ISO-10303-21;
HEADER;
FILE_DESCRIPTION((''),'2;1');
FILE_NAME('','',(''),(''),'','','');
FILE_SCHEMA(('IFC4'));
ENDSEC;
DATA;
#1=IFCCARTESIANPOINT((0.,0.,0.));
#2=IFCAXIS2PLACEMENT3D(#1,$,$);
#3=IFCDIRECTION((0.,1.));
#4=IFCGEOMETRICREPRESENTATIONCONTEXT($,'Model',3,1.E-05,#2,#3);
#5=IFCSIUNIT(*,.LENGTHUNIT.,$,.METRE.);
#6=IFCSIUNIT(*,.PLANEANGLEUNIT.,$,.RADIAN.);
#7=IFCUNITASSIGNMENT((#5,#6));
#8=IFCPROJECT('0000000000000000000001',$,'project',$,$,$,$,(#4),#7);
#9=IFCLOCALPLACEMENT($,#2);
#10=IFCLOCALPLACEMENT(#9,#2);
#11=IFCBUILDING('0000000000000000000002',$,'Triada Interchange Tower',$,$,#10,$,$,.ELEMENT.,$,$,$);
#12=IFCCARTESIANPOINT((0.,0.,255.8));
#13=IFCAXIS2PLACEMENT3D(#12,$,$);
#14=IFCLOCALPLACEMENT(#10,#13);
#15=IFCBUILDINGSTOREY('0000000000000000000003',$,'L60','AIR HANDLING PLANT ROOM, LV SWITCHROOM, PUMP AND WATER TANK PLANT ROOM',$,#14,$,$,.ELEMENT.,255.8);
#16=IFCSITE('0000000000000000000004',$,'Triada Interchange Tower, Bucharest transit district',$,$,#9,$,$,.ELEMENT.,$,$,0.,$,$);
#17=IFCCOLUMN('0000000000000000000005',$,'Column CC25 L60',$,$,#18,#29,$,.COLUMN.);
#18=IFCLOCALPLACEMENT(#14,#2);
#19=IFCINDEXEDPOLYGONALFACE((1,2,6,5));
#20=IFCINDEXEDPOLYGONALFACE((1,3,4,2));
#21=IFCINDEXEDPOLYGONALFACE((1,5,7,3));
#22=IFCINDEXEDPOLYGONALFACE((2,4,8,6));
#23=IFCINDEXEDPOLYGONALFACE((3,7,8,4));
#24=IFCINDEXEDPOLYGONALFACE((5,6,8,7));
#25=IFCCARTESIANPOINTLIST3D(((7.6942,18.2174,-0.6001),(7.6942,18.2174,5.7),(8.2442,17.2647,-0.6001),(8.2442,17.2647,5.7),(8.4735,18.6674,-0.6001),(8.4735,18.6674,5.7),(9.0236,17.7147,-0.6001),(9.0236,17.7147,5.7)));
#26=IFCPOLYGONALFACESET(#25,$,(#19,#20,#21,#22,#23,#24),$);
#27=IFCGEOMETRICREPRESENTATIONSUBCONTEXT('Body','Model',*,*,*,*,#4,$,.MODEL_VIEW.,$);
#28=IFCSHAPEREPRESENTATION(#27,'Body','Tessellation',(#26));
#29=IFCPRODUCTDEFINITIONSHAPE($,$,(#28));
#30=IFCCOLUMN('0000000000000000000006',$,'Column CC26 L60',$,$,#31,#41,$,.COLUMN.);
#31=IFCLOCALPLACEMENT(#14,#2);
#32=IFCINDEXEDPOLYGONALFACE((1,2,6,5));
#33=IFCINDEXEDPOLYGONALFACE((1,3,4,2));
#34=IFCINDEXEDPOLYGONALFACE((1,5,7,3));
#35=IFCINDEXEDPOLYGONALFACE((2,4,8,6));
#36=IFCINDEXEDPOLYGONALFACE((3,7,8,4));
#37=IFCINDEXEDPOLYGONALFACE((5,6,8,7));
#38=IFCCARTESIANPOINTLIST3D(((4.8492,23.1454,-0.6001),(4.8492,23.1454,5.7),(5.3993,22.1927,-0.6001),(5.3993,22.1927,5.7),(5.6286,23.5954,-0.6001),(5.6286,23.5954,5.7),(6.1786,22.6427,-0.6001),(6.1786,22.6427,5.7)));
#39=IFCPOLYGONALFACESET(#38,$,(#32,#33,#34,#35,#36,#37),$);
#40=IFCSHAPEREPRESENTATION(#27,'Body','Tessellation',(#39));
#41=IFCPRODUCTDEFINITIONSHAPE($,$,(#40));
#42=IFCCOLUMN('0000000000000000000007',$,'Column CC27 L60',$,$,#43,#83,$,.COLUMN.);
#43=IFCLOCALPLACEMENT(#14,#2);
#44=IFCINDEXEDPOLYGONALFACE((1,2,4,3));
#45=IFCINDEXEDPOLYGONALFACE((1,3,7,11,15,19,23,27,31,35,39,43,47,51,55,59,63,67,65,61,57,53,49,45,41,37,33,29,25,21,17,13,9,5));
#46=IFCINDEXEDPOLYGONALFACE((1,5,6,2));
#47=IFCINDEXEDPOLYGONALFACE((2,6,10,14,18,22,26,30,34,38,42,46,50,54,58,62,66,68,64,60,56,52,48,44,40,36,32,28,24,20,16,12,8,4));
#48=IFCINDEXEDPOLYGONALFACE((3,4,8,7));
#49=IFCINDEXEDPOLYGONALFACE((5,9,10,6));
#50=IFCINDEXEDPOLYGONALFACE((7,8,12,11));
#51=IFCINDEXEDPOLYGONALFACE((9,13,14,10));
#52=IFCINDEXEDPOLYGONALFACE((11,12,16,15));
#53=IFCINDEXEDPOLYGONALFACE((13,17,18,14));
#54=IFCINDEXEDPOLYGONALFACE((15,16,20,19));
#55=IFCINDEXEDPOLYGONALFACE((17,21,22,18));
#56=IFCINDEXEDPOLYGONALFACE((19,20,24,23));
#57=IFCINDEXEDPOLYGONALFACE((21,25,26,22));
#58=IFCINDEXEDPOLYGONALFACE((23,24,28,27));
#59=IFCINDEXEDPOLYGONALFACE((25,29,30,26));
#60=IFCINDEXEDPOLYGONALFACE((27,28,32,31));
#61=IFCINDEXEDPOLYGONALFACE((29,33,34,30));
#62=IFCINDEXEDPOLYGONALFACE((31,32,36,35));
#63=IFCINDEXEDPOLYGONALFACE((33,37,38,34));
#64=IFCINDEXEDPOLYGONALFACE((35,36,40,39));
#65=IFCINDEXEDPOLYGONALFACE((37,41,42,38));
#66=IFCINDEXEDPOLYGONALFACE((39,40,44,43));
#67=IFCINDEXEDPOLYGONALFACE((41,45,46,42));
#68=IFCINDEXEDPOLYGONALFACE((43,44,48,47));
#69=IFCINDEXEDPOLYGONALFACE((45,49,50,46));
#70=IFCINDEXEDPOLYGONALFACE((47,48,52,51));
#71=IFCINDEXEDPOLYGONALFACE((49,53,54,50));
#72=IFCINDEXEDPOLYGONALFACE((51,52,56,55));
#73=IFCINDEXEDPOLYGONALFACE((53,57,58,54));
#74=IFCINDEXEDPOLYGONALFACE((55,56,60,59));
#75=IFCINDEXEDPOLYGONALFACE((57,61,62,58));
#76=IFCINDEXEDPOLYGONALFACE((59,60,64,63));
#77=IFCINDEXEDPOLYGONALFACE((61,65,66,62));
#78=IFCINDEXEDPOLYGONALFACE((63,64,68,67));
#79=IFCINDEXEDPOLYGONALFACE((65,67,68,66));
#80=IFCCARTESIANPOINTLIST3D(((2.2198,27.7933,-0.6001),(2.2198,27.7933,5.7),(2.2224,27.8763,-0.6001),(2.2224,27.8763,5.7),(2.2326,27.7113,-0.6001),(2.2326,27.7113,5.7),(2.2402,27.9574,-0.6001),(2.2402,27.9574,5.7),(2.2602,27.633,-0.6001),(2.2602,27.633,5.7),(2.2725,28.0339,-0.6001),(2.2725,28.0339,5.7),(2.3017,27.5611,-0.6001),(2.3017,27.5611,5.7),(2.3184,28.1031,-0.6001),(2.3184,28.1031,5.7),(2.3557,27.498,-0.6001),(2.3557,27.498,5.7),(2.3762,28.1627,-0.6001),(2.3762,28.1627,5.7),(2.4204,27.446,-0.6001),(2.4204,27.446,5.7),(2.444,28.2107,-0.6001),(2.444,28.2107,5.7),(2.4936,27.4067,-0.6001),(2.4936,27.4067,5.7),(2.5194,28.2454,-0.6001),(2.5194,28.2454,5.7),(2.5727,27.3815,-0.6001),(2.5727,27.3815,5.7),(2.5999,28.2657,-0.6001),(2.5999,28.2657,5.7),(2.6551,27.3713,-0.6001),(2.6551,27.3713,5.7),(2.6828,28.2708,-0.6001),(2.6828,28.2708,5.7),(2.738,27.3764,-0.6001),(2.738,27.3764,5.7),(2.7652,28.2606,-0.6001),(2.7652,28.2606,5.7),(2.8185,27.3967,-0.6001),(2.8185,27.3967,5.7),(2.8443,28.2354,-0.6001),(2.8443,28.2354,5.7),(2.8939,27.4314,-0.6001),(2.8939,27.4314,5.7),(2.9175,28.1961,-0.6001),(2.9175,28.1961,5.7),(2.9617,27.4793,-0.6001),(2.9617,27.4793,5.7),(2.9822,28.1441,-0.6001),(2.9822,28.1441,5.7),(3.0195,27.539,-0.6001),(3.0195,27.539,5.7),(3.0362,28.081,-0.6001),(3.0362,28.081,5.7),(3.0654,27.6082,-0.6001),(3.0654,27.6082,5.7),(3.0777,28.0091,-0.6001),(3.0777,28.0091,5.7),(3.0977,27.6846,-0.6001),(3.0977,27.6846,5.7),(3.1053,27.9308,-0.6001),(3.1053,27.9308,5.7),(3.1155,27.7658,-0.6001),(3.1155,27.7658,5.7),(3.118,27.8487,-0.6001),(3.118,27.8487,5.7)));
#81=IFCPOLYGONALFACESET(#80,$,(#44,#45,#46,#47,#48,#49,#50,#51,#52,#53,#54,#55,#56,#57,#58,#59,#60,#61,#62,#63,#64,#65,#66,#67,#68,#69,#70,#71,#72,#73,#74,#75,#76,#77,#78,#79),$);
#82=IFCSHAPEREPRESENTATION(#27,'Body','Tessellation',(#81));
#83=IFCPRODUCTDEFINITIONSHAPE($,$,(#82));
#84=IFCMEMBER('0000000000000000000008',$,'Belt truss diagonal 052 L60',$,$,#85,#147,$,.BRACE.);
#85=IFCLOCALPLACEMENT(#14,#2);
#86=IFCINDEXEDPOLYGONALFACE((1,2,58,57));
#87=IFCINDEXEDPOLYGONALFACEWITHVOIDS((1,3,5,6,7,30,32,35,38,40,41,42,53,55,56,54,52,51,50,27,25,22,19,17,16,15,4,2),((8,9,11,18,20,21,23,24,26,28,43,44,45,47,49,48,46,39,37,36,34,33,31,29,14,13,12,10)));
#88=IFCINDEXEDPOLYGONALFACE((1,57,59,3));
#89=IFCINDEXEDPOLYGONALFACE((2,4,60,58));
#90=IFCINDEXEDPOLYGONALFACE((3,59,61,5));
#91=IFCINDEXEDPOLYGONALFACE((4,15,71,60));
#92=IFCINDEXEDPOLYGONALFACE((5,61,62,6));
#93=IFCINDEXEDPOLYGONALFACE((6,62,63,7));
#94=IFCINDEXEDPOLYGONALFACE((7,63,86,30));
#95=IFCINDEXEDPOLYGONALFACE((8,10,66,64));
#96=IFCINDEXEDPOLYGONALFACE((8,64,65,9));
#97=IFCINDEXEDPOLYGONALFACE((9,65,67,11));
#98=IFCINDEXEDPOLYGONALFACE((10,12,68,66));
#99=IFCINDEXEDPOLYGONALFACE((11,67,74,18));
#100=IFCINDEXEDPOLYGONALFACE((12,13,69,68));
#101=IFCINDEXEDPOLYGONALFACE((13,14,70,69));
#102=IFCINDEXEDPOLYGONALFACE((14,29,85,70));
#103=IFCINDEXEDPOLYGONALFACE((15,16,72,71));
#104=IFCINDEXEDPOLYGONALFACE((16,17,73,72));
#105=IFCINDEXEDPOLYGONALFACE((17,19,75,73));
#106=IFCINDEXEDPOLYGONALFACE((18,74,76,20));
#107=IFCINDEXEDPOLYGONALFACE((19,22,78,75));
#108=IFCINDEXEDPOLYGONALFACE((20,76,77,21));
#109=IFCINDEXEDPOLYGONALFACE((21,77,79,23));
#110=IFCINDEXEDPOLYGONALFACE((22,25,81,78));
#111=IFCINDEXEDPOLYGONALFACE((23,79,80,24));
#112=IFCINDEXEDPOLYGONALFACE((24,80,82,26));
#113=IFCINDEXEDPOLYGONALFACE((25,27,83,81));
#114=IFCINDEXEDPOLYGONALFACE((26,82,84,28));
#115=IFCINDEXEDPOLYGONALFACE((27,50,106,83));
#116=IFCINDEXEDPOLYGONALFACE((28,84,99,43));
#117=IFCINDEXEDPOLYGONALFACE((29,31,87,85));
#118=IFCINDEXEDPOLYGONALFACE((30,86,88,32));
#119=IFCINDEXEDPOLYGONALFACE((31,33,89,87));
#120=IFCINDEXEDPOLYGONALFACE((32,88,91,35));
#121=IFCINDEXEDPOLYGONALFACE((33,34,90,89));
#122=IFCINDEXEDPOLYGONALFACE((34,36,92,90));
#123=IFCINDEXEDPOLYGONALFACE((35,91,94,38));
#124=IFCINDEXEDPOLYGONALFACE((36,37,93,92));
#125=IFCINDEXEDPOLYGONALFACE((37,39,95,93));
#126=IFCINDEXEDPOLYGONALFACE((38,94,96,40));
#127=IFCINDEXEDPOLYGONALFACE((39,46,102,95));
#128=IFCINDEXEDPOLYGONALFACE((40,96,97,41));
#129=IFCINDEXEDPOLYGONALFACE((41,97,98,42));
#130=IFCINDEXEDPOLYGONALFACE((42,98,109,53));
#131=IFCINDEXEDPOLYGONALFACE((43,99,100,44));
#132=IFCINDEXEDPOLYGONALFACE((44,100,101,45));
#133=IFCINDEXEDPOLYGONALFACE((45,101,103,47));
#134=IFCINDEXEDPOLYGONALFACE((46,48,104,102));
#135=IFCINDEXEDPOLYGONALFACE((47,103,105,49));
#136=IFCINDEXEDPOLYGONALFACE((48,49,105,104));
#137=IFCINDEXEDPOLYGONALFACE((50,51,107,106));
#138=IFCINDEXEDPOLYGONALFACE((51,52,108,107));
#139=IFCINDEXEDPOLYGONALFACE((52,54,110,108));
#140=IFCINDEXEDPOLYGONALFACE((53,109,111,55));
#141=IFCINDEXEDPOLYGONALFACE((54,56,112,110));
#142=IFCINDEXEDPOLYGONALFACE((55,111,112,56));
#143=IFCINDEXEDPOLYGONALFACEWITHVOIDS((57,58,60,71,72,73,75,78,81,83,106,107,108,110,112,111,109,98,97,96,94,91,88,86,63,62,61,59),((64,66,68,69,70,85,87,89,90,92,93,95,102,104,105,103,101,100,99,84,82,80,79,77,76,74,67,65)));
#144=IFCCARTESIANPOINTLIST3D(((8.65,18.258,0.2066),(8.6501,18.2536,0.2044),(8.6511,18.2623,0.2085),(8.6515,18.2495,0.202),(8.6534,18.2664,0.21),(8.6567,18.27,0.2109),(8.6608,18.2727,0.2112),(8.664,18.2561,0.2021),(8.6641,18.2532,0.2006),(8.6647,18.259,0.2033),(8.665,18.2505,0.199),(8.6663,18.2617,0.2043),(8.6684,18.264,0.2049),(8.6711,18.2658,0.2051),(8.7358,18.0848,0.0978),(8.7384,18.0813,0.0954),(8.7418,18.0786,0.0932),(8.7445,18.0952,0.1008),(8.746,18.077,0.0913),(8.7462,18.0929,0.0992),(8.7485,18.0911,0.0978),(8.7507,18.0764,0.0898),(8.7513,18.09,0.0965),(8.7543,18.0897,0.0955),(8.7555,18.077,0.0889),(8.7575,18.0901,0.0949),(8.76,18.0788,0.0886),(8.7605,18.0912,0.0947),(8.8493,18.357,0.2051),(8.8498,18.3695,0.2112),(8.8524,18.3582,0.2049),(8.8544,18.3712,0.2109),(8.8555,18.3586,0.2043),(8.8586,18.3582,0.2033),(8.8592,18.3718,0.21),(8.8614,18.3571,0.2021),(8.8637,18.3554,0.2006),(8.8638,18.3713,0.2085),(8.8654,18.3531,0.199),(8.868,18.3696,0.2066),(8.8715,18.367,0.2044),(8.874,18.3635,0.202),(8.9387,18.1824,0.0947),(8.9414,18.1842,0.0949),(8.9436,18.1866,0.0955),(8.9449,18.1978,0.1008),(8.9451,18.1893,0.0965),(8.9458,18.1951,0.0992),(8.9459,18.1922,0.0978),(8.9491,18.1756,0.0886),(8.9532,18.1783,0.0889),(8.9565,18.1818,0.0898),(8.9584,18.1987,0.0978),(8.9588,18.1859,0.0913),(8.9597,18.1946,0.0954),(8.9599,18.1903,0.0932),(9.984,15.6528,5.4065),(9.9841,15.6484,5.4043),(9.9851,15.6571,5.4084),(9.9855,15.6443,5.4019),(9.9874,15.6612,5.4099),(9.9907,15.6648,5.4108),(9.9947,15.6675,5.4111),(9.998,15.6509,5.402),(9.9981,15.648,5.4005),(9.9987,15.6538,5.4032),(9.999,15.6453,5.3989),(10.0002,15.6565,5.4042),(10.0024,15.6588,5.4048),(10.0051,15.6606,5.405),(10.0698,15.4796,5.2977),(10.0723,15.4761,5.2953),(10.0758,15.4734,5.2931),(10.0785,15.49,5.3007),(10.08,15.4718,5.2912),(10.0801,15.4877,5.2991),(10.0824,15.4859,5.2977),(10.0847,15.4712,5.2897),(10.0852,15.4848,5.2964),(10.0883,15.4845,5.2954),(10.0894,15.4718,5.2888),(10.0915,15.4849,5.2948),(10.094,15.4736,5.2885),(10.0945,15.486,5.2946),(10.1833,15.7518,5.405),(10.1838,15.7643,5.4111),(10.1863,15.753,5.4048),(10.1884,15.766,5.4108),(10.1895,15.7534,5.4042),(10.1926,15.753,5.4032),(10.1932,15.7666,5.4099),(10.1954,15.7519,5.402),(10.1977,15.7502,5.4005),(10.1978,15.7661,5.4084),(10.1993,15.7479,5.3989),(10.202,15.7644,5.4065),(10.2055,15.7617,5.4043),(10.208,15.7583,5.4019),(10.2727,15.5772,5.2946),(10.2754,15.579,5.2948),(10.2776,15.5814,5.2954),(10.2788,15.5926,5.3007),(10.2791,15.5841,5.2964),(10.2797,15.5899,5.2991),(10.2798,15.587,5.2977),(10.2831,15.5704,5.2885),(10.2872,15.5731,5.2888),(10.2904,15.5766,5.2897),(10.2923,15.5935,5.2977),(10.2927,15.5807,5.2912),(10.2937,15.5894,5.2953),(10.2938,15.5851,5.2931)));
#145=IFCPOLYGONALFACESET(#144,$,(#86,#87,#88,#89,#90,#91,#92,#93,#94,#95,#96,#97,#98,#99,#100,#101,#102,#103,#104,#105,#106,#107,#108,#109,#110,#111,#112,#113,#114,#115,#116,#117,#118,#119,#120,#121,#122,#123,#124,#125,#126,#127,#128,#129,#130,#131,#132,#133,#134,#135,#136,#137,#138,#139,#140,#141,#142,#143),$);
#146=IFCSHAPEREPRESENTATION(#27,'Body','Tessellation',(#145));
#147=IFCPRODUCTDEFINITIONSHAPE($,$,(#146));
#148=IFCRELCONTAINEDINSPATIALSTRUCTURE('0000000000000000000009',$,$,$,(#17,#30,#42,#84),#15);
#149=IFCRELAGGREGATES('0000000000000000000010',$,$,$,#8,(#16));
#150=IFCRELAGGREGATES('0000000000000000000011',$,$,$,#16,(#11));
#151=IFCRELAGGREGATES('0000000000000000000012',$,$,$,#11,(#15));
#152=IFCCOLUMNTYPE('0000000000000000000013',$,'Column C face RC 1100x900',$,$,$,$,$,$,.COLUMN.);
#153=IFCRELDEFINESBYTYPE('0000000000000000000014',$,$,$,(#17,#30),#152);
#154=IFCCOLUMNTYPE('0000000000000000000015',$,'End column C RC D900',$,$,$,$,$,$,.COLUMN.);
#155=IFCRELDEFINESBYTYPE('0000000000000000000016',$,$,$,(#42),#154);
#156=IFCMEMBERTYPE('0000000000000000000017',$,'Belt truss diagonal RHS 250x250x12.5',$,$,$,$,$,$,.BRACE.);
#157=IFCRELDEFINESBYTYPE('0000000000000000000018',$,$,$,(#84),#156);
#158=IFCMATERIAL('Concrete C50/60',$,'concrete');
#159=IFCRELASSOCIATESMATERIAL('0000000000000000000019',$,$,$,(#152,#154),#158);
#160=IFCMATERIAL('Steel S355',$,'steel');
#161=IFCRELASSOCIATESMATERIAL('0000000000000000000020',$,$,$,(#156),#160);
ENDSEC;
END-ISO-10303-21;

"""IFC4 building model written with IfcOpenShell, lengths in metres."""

from ifc_helpers import new_model, si_unit, direction, frame, origin, origin_2d, place, context, subcontext, project, spatial, rectangle, hollow_rectangle, circle, extrude, material, material_profile, profile_set, type_object, element, save


model = new_model("IFC4")

# Units and contexts
model_context = context("Model", 3, precision=1e-05, world=origin(), true_north=direction((0.0, 1.0)))
body_context = subcontext(model_context, "Body", "Model", "MODEL_VIEW")
ifc_project = project(units=[si_unit("LENGTHUNIT", "METRE"), si_unit("PLANEANGLEUNIT", "RADIAN")], contexts=[model_context])

# Site, building, storey
site_placement = place(None, origin())
site = spatial("IfcSite", under=ifc_project, at=site_placement, Name="Triada Interchange Tower, Bucharest transit district", CompositionType="ELEMENT", RefElevation=0.0)
building_placement = place(site_placement, origin())
building = spatial("IfcBuilding", under=site, at=building_placement, Name="Triada Interchange Tower", CompositionType="ELEMENT")
storey_placement = place(building_placement, frame((0.0, 0.0, 255.8)))
storey = spatial("IfcBuildingStorey", under=building, at=storey_placement, Name="L60", Description="AIR HANDLING PLANT ROOM, LV SWITCHROOM, PUMP AND WATER TANK PLANT ROOM", CompositionType="ELEMENT", Elevation=255.8)

# Columns
ifc_material_1 = material(Name="Concrete C50/60", Category="concrete")
ifc_material_profile_1 = material_profile(ifc_material_1, rectangle(XDim=1.1001, YDim=0.8999, at=origin_2d()), Name="RC 1100x900")
ifc_profile_set_1 = profile_set([ifc_material_profile_1], Name="Concrete C50/60")
column_type_1 = type_object("IfcColumnType", Name="Column C face RC 1100x900", PredefinedType="COLUMN", material=ifc_profile_set_1)
for number, where, z_axis, x_axis, name in (
    (1, (8.3589, 17.9661, -0.6001), (0.0, 0.0, 1.0), (-0.5, 0.866025, 0.0), "Column CC25 L60"),
    (2, (5.5139, 22.894, -0.6001), (0.0, 0.0, 1.0), (-0.5, 0.866025, 0.0), "Column CC26 L60"),
):
    element("IfcColumn", number, at=place(storey_placement, frame(where, z_axis=z_axis, x_axis=x_axis)), inside=storey, type_object=column_type_1, Name=name, PredefinedType="COLUMN", context=body_context, shape_type="SweptSolid", body=[
        extrude(rectangle(XDim=1.1001, YDim=0.8999, at=origin_2d()), origin(), (0.0, 0.0, 1.0), 6.3),
    ])
ifc_material_profile_2 = material_profile(ifc_material_1, circle(Radius=0.45, at=origin_2d()), Name="RC D900")
ifc_profile_set_2 = profile_set([ifc_material_profile_2], Name="Concrete C50/60")
column_type_2 = type_object("IfcColumnType", Name="End column C RC D900", PredefinedType="COLUMN", material=ifc_profile_set_2)
column_placement = place(storey_placement, frame((2.6689, 27.821, -0.6001), z_axis=(0.0, 0.0, 1.0), x_axis=(-0.5, 0.866025, 0.0)))
element("IfcColumn", 3, at=column_placement, inside=storey, type_object=column_type_2, Name="Column CC27 L60", PredefinedType="COLUMN", context=body_context, shape_type="SweptSolid", body=[
    extrude(circle(Radius=0.45, at=origin_2d()), origin(), (0.0, 0.0, 1.0), 6.3),
])

# Member
ifc_material_2 = material(Name="Steel S355", Category="steel")
ifc_material_profile_3 = material_profile(ifc_material_2, hollow_rectangle(XDim=0.25, YDim=0.25, WallThickness=0.0125, InnerFilletRadius=0.0125, OuterFilletRadius=0.0188, at=origin_2d()), Name="RHS 250x250x12.5")
ifc_profile_set_3 = profile_set([ifc_material_profile_3], Name="Steel S355")
member_type_1 = type_object("IfcMemberType", Name="Belt truss diagonal RHS 250x250x12.5", PredefinedType="BRACE", material=ifc_profile_set_3)
member_1_placement = place(storey_placement, frame((8.8049, 18.2241, 0.1499), z_axis=(0.223557, -0.436599, 0.871438), x_axis=(0.890099, 0.455768, 0.0)))
element("IfcMember", 4, at=member_1_placement, inside=storey, type_object=member_type_1, Name="Belt truss diagonal 052 L60", PredefinedType="BRACE", context=body_context, shape_type="SweptSolid", body=[
    extrude(hollow_rectangle(XDim=0.25, YDim=0.25, WallThickness=0.0125, InnerFilletRadius=0.0125, OuterFilletRadius=0.0188, at=origin_2d()), origin(), (0.0, 0.0, 1.0), 5.967),
])

save(model, "model.ifc")
